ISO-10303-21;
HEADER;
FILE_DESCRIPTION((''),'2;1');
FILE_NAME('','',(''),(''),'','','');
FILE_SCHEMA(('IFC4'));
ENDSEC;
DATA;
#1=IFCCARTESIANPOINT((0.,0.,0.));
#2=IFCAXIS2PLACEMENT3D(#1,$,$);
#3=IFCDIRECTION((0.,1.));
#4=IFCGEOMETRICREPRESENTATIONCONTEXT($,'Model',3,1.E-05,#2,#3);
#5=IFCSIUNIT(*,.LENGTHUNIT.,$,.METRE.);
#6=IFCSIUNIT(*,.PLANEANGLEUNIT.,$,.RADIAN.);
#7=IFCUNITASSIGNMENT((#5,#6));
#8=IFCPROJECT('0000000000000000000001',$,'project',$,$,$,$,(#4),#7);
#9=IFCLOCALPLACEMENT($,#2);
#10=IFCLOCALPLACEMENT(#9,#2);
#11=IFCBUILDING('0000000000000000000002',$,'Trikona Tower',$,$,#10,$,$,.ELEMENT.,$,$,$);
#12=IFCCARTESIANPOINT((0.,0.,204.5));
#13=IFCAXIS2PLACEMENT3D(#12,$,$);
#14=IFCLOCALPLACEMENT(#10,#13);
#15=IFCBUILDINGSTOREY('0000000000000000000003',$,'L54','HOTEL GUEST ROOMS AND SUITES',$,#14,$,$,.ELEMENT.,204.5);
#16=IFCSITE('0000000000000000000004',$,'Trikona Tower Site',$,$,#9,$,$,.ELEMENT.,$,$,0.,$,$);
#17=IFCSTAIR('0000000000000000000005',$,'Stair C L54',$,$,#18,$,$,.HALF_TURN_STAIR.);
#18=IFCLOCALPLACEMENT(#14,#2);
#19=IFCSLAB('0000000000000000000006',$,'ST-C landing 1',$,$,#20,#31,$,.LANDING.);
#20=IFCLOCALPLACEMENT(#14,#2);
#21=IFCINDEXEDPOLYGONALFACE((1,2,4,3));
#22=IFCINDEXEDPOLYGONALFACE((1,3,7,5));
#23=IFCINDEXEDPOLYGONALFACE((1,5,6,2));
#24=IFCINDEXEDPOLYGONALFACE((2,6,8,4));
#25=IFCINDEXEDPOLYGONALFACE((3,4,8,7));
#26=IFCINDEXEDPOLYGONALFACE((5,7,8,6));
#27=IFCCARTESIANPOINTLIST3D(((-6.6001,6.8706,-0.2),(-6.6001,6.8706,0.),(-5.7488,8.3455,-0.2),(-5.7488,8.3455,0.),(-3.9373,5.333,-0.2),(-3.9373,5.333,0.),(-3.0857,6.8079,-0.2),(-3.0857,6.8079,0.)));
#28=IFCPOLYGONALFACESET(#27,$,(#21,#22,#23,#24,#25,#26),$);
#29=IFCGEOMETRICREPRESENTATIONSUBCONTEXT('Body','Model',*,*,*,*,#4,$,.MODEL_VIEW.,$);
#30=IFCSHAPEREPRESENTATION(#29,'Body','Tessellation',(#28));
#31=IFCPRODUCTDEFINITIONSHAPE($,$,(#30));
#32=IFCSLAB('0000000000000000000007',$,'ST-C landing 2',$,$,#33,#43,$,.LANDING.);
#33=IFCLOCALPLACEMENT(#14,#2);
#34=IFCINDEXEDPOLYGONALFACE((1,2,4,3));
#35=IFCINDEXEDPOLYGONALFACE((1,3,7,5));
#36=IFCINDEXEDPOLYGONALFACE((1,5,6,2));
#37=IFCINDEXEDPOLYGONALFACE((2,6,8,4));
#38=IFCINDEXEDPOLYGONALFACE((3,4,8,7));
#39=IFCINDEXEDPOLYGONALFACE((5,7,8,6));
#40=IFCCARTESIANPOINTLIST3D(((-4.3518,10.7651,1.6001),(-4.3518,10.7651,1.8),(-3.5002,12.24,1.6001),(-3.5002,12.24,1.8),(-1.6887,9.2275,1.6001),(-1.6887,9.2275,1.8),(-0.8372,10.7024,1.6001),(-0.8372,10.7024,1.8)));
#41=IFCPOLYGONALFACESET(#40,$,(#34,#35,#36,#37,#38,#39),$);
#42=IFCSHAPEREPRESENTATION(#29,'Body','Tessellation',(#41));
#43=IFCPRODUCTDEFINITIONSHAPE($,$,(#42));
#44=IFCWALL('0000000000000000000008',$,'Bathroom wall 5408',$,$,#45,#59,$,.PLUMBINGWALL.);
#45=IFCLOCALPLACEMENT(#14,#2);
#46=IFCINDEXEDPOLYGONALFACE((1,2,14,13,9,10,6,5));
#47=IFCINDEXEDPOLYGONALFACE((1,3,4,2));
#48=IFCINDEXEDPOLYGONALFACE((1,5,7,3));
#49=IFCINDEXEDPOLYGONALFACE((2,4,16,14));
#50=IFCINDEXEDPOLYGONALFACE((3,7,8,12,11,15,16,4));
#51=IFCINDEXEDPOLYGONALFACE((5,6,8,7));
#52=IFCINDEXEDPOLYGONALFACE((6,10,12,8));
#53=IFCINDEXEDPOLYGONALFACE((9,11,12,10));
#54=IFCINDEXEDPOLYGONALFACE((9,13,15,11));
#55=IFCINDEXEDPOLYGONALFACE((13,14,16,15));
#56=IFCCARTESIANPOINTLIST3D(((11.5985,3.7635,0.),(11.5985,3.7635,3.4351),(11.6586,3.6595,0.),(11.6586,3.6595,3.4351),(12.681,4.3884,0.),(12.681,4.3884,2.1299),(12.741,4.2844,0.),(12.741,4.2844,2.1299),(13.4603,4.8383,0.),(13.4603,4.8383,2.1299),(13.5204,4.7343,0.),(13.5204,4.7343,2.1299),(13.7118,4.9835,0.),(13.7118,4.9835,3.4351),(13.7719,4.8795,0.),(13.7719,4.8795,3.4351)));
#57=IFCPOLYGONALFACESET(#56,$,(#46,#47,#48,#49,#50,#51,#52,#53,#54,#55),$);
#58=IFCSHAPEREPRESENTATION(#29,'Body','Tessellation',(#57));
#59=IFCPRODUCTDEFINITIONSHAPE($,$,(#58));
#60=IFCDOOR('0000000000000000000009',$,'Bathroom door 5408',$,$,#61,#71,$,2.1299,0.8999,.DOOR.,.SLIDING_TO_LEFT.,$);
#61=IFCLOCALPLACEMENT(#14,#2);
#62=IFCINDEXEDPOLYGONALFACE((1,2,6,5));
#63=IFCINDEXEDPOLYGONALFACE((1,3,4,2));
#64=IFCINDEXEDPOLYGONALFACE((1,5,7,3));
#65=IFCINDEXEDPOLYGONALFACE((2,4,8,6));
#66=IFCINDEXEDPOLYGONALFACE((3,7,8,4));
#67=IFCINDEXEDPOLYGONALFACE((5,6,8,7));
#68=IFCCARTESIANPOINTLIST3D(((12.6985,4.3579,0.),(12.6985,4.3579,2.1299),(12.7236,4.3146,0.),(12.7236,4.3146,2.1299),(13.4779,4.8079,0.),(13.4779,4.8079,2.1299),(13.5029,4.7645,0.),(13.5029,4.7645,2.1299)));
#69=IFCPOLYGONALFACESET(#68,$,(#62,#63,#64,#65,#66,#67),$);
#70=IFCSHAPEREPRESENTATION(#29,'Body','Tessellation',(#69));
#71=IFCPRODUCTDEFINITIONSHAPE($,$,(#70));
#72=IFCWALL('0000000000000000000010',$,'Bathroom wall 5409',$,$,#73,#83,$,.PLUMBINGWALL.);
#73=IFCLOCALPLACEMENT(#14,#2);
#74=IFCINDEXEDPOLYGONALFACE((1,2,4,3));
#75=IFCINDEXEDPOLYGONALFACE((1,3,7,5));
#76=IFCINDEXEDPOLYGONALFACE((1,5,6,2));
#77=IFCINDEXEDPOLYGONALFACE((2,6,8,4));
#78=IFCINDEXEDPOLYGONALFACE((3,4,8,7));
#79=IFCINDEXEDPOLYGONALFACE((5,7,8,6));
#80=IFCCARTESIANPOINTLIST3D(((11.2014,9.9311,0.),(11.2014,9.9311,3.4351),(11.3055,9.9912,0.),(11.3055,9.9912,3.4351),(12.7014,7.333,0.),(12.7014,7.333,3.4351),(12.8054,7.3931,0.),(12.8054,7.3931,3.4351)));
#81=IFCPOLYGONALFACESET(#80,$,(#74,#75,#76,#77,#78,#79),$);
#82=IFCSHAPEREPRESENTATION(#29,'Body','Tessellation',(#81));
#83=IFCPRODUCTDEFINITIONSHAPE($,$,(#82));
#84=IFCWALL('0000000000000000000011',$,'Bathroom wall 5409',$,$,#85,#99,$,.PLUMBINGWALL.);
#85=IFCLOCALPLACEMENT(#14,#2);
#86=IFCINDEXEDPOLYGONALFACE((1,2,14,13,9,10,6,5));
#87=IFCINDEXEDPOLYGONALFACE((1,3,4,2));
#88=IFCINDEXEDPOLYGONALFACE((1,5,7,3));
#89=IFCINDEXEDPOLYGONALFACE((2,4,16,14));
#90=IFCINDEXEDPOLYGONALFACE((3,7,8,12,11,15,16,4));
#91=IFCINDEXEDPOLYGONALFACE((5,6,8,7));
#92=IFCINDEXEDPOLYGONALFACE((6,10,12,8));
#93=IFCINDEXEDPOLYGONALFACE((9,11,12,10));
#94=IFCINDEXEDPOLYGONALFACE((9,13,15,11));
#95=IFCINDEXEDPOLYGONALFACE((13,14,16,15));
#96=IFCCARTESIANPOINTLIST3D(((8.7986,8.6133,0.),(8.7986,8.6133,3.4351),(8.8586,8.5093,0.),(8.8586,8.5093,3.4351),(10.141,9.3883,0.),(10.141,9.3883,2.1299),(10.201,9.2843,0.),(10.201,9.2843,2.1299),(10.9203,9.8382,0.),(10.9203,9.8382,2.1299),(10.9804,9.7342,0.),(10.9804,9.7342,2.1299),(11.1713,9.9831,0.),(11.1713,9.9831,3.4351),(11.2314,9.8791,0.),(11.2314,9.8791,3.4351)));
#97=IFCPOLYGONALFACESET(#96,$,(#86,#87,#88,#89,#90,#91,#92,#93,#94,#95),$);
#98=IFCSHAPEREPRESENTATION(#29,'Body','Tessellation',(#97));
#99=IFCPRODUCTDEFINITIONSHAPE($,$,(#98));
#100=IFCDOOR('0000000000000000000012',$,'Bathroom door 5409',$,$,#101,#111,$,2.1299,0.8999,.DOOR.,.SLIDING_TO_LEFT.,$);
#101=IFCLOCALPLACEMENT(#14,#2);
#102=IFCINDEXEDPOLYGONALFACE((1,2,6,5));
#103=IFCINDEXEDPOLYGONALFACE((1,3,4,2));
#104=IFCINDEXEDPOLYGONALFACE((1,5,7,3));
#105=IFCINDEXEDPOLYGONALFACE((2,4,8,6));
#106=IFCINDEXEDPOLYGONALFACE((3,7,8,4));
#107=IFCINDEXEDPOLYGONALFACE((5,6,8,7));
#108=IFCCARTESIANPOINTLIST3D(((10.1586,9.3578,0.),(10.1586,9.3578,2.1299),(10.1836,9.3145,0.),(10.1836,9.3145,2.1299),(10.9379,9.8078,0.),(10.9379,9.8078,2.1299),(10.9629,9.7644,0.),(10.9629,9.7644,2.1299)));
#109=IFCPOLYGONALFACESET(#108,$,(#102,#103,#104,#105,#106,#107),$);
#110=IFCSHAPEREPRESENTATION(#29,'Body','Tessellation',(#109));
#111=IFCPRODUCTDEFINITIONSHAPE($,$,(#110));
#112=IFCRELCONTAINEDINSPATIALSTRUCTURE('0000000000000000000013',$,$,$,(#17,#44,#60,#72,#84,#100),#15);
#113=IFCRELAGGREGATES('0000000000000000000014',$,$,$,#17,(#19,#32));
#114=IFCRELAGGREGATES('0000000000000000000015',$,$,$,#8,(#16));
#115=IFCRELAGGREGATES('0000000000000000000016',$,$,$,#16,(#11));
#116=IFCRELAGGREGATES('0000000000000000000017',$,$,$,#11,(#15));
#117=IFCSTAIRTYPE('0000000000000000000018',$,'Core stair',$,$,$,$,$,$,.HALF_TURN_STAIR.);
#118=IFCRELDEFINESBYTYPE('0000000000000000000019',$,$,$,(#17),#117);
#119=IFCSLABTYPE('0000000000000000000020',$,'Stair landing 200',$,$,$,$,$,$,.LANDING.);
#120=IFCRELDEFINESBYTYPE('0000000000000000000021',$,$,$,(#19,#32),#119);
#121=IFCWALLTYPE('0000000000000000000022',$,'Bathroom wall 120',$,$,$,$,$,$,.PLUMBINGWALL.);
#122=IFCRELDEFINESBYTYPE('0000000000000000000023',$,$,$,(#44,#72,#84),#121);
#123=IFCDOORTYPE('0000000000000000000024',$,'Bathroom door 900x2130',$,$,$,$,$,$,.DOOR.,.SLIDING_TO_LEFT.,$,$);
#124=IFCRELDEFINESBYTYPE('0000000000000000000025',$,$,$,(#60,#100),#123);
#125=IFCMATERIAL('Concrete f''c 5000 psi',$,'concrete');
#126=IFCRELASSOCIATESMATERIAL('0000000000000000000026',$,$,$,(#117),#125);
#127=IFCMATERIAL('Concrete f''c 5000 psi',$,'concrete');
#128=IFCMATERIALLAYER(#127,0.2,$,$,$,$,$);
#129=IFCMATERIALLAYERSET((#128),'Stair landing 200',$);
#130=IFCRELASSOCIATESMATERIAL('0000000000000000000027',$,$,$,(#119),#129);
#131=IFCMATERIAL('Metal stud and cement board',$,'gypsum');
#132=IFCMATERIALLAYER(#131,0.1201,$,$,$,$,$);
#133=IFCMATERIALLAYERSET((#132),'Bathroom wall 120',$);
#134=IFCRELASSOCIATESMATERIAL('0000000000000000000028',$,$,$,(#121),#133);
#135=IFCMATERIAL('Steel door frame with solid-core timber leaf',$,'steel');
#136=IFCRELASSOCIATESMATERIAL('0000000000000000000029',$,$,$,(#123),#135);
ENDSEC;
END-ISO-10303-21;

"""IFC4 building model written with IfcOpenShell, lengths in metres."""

from ifc_helpers import new_model, si_unit, direction, frame, frame_2d, origin, place, context, subcontext, project, spatial, polyline, rectangle, outline, extrude, material, layer, layer_set, type_object, element, fill, aggregate, save


model = new_model("IFC4")

# Units and contexts
model_context = context("Model", 3, precision=1e-05, world=origin(), true_north=direction((0.0, 1.0)))
body_context = subcontext(model_context, "Body", "Model", "MODEL_VIEW")
ifc_project = project(units=[si_unit("LENGTHUNIT", "METRE"), si_unit("PLANEANGLEUNIT", "RADIAN")], contexts=[model_context])

# Site, building, storey
site_placement = place(None, origin())
site = spatial("IfcSite", under=ifc_project, at=site_placement, Name="Trikona Tower Site", CompositionType="ELEMENT", RefElevation=0.0)
building_placement = place(site_placement, origin())
building = spatial("IfcBuilding", under=site, at=building_placement, Name="Trikona Tower", CompositionType="ELEMENT")
storey_placement = place(building_placement, frame((0.0, 0.0, 204.5)))
storey = spatial("IfcBuildingStorey", under=building, at=storey_placement, Name="L54", Description="HOTEL GUEST ROOMS AND SUITES", CompositionType="ELEMENT", Elevation=204.5)

# Stair, slabs
ifc_material_1 = material(Name="Concrete f'c 5000 psi", Category="concrete")
stair_type = type_object("IfcStairType", Name="Core stair", PredefinedType="HALF_TURN_STAIR", material=ifc_material_1)
ifc_material_2 = material(Name="Concrete f'c 5000 psi", Category="concrete")
ifc_layer_1 = layer(ifc_material_2, 0.2)
ifc_layer_set_1 = layer_set([ifc_layer_1], Name="Stair landing 200")
slab_type_1 = type_object("IfcSlabType", Name="Stair landing 200", PredefinedType="LANDING", material=ifc_layer_set_1)
stair_1_placement = place(storey_placement, origin())
stair_1 = element("IfcStair", 1, at=stair_1_placement, inside=storey, type_object=stair_type, Name="Stair C L54", PredefinedType="HALF_TURN_STAIR")
slab_1_placement = place(storey_placement, frame((0.0, 0.0, -0.2)))
slab_1 = element("IfcSlab", 2, at=slab_1_placement, type_object=slab_type_1, Name="ST-C landing 1", PredefinedType="LANDING", context=body_context, shape_type="SweptSolid", body=[
    extrude(outline(polyline([(-3.0857, 6.8079), (-3.9373, 5.333), (-6.6001, 6.8706), (-5.7488, 8.3455), (-3.0857, 6.8079)])), origin(), (0.0, 0.0, 1.0), 0.2),
])
slab_2_placement = place(storey_placement, frame((0.0, 0.0, 1.6001)))
slab_2 = element("IfcSlab", 3, at=slab_2_placement, type_object=slab_type_1, Name="ST-C landing 2", PredefinedType="LANDING", context=body_context, shape_type="SweptSolid", body=[
    extrude(outline(polyline([(-0.8372, 10.7024), (-1.6887, 9.2275), (-4.3518, 10.7651), (-3.5002, 12.24), (-0.8372, 10.7024)])), origin(), (0.0, 0.0, 1.0), 0.2),
])
aggregate(stair_1, [slab_1, slab_2])

# Wall, opening, door
ifc_material_3 = material(Name="Metal stud and cement board", Category="gypsum")
ifc_layer_2 = layer(ifc_material_3, 0.1201)
ifc_layer_set_2 = layer_set([ifc_layer_2], Name="Bathroom wall 120")
wall_type_1 = type_object("IfcWallType", Name="Bathroom wall 120", PredefinedType="PLUMBINGWALL", material=ifc_layer_set_2)
wall_1_placement = place(storey_placement, frame((11.6284, 3.7114, 0.0), z_axis=(0.0, 0.0, 1.0), x_axis=(0.866049, 0.499959, 0.0)))
wall_1 = element("IfcWall", 4, at=wall_1_placement, inside=storey, type_object=wall_type_1, Name="Bathroom wall 5408", PredefinedType="PLUMBINGWALL", context=body_context, shape_type="SweptSolid", body=[
    extrude(rectangle(XDim=2.4402, YDim=0.1201, at=frame_2d((1.2202, 0.0))), origin(), (0.0, 0.0, 1.0), 3.4351),
])
opening_1_placement = place(wall_1_placement, frame((1.25, 0.0, 0.0)))
opening_1 = element("IfcOpeningElement", 5, at=opening_1_placement, cuts=wall_1, PredefinedType="OPENING", context=body_context, shape_type="SweptSolid", body=[
    extrude(rectangle(XDim=0.8999, YDim=2.1299, at=frame_2d((0.45, 1.0649))), frame((0.0, 0.0701, 0.0), z_axis=(0.0, -1.0, 0.0), x_axis=(1.0, 0.0, 0.0)), (0.0, 0.0, 1.0), 0.1401),
])
ifc_material_4 = material(Name="Steel door frame with solid-core timber leaf", Category="steel")
door_type_1 = type_object("IfcDoorType", Name="Bathroom door 900x2130", OperationType="SLIDING_TO_LEFT", PredefinedType="DOOR", material=ifc_material_4)
door_1_placement = place(opening_1_placement, origin())
door_1 = element("IfcDoor", 6, at=door_1_placement, inside=storey, type_object=door_type_1, Name="Bathroom door 5408", OperationType="SLIDING_TO_LEFT", OverallHeight=2.1299, OverallWidth=0.8999, PredefinedType="DOOR", context=body_context, shape_type="SweptSolid", body=[
    extrude(rectangle(XDim=0.8999, YDim=2.1299, at=frame_2d((0.45, 1.0649))), frame((0.0, 0.0249, 0.0), z_axis=(0.0, -1.0, 0.0), x_axis=(1.0, 0.0, 0.0)), (0.0, 0.0, 1.0), 0.05),
])
fill(opening_1, door_1)

# Wall
wall_2_placement = place(storey_placement, frame((12.7534, 7.363, 0.0), z_axis=(0.0, 0.0, 1.0), x_axis=(-0.49999, 0.866031, 0.0)))
element("IfcWall", 7, at=wall_2_placement, inside=storey, type_object=wall_type_1, Name="Bathroom wall 5409", PredefinedType="PLUMBINGWALL", context=body_context, shape_type="SweptSolid", body=[
    extrude(rectangle(XDim=3.0, YDim=0.1201, at=frame_2d((1.5, 0.0))), origin(), (0.0, 0.0, 1.0), 3.4351),
])

# Wall, opening, door
wall_3_placement = place(storey_placement, frame((8.8286, 8.5613, 0.0), z_axis=(0.0, 0.0, 1.0), x_axis=(0.866036, 0.499982, 0.0)))
wall_3 = element("IfcWall", 8, at=wall_3_placement, inside=storey, type_object=wall_type_1, Name="Bathroom wall 5409", PredefinedType="PLUMBINGWALL", context=body_context, shape_type="SweptSolid", body=[
    extrude(rectangle(XDim=2.7397, YDim=0.1201, at=frame_2d((1.3699, 0.0))), origin(), (0.0, 0.0, 1.0), 3.4351),
])
opening_2_placement = place(wall_3_placement, frame((1.55, 0.0, 0.0)))
opening_2 = element("IfcOpeningElement", 9, at=opening_2_placement, cuts=wall_3, PredefinedType="OPENING", context=body_context, shape_type="SweptSolid", body=[
    extrude(rectangle(XDim=0.8999, YDim=2.1299, at=frame_2d((0.45, 1.0649))), frame((0.0, 0.0701, 0.0), z_axis=(0.0, -1.0, 0.0), x_axis=(1.0, 0.0, 0.0)), (0.0, 0.0, 1.0), 0.1401),
])
door_2_placement = place(opening_2_placement, origin())
door_2 = element("IfcDoor", 10, at=door_2_placement, inside=storey, type_object=door_type_1, Name="Bathroom door 5409", OperationType="SLIDING_TO_LEFT", OverallHeight=2.1299, OverallWidth=0.8999, PredefinedType="DOOR", context=body_context, shape_type="SweptSolid", body=[
    extrude(rectangle(XDim=0.8999, YDim=2.1299, at=frame_2d((0.45, 1.0649))), frame((0.0, 0.0249, 0.0), z_axis=(0.0, -1.0, 0.0), x_axis=(1.0, 0.0, 0.0)), (0.0, 0.0, 1.0), 0.05),
])
fill(opening_2, door_2)

save(model, "model.ifc")
